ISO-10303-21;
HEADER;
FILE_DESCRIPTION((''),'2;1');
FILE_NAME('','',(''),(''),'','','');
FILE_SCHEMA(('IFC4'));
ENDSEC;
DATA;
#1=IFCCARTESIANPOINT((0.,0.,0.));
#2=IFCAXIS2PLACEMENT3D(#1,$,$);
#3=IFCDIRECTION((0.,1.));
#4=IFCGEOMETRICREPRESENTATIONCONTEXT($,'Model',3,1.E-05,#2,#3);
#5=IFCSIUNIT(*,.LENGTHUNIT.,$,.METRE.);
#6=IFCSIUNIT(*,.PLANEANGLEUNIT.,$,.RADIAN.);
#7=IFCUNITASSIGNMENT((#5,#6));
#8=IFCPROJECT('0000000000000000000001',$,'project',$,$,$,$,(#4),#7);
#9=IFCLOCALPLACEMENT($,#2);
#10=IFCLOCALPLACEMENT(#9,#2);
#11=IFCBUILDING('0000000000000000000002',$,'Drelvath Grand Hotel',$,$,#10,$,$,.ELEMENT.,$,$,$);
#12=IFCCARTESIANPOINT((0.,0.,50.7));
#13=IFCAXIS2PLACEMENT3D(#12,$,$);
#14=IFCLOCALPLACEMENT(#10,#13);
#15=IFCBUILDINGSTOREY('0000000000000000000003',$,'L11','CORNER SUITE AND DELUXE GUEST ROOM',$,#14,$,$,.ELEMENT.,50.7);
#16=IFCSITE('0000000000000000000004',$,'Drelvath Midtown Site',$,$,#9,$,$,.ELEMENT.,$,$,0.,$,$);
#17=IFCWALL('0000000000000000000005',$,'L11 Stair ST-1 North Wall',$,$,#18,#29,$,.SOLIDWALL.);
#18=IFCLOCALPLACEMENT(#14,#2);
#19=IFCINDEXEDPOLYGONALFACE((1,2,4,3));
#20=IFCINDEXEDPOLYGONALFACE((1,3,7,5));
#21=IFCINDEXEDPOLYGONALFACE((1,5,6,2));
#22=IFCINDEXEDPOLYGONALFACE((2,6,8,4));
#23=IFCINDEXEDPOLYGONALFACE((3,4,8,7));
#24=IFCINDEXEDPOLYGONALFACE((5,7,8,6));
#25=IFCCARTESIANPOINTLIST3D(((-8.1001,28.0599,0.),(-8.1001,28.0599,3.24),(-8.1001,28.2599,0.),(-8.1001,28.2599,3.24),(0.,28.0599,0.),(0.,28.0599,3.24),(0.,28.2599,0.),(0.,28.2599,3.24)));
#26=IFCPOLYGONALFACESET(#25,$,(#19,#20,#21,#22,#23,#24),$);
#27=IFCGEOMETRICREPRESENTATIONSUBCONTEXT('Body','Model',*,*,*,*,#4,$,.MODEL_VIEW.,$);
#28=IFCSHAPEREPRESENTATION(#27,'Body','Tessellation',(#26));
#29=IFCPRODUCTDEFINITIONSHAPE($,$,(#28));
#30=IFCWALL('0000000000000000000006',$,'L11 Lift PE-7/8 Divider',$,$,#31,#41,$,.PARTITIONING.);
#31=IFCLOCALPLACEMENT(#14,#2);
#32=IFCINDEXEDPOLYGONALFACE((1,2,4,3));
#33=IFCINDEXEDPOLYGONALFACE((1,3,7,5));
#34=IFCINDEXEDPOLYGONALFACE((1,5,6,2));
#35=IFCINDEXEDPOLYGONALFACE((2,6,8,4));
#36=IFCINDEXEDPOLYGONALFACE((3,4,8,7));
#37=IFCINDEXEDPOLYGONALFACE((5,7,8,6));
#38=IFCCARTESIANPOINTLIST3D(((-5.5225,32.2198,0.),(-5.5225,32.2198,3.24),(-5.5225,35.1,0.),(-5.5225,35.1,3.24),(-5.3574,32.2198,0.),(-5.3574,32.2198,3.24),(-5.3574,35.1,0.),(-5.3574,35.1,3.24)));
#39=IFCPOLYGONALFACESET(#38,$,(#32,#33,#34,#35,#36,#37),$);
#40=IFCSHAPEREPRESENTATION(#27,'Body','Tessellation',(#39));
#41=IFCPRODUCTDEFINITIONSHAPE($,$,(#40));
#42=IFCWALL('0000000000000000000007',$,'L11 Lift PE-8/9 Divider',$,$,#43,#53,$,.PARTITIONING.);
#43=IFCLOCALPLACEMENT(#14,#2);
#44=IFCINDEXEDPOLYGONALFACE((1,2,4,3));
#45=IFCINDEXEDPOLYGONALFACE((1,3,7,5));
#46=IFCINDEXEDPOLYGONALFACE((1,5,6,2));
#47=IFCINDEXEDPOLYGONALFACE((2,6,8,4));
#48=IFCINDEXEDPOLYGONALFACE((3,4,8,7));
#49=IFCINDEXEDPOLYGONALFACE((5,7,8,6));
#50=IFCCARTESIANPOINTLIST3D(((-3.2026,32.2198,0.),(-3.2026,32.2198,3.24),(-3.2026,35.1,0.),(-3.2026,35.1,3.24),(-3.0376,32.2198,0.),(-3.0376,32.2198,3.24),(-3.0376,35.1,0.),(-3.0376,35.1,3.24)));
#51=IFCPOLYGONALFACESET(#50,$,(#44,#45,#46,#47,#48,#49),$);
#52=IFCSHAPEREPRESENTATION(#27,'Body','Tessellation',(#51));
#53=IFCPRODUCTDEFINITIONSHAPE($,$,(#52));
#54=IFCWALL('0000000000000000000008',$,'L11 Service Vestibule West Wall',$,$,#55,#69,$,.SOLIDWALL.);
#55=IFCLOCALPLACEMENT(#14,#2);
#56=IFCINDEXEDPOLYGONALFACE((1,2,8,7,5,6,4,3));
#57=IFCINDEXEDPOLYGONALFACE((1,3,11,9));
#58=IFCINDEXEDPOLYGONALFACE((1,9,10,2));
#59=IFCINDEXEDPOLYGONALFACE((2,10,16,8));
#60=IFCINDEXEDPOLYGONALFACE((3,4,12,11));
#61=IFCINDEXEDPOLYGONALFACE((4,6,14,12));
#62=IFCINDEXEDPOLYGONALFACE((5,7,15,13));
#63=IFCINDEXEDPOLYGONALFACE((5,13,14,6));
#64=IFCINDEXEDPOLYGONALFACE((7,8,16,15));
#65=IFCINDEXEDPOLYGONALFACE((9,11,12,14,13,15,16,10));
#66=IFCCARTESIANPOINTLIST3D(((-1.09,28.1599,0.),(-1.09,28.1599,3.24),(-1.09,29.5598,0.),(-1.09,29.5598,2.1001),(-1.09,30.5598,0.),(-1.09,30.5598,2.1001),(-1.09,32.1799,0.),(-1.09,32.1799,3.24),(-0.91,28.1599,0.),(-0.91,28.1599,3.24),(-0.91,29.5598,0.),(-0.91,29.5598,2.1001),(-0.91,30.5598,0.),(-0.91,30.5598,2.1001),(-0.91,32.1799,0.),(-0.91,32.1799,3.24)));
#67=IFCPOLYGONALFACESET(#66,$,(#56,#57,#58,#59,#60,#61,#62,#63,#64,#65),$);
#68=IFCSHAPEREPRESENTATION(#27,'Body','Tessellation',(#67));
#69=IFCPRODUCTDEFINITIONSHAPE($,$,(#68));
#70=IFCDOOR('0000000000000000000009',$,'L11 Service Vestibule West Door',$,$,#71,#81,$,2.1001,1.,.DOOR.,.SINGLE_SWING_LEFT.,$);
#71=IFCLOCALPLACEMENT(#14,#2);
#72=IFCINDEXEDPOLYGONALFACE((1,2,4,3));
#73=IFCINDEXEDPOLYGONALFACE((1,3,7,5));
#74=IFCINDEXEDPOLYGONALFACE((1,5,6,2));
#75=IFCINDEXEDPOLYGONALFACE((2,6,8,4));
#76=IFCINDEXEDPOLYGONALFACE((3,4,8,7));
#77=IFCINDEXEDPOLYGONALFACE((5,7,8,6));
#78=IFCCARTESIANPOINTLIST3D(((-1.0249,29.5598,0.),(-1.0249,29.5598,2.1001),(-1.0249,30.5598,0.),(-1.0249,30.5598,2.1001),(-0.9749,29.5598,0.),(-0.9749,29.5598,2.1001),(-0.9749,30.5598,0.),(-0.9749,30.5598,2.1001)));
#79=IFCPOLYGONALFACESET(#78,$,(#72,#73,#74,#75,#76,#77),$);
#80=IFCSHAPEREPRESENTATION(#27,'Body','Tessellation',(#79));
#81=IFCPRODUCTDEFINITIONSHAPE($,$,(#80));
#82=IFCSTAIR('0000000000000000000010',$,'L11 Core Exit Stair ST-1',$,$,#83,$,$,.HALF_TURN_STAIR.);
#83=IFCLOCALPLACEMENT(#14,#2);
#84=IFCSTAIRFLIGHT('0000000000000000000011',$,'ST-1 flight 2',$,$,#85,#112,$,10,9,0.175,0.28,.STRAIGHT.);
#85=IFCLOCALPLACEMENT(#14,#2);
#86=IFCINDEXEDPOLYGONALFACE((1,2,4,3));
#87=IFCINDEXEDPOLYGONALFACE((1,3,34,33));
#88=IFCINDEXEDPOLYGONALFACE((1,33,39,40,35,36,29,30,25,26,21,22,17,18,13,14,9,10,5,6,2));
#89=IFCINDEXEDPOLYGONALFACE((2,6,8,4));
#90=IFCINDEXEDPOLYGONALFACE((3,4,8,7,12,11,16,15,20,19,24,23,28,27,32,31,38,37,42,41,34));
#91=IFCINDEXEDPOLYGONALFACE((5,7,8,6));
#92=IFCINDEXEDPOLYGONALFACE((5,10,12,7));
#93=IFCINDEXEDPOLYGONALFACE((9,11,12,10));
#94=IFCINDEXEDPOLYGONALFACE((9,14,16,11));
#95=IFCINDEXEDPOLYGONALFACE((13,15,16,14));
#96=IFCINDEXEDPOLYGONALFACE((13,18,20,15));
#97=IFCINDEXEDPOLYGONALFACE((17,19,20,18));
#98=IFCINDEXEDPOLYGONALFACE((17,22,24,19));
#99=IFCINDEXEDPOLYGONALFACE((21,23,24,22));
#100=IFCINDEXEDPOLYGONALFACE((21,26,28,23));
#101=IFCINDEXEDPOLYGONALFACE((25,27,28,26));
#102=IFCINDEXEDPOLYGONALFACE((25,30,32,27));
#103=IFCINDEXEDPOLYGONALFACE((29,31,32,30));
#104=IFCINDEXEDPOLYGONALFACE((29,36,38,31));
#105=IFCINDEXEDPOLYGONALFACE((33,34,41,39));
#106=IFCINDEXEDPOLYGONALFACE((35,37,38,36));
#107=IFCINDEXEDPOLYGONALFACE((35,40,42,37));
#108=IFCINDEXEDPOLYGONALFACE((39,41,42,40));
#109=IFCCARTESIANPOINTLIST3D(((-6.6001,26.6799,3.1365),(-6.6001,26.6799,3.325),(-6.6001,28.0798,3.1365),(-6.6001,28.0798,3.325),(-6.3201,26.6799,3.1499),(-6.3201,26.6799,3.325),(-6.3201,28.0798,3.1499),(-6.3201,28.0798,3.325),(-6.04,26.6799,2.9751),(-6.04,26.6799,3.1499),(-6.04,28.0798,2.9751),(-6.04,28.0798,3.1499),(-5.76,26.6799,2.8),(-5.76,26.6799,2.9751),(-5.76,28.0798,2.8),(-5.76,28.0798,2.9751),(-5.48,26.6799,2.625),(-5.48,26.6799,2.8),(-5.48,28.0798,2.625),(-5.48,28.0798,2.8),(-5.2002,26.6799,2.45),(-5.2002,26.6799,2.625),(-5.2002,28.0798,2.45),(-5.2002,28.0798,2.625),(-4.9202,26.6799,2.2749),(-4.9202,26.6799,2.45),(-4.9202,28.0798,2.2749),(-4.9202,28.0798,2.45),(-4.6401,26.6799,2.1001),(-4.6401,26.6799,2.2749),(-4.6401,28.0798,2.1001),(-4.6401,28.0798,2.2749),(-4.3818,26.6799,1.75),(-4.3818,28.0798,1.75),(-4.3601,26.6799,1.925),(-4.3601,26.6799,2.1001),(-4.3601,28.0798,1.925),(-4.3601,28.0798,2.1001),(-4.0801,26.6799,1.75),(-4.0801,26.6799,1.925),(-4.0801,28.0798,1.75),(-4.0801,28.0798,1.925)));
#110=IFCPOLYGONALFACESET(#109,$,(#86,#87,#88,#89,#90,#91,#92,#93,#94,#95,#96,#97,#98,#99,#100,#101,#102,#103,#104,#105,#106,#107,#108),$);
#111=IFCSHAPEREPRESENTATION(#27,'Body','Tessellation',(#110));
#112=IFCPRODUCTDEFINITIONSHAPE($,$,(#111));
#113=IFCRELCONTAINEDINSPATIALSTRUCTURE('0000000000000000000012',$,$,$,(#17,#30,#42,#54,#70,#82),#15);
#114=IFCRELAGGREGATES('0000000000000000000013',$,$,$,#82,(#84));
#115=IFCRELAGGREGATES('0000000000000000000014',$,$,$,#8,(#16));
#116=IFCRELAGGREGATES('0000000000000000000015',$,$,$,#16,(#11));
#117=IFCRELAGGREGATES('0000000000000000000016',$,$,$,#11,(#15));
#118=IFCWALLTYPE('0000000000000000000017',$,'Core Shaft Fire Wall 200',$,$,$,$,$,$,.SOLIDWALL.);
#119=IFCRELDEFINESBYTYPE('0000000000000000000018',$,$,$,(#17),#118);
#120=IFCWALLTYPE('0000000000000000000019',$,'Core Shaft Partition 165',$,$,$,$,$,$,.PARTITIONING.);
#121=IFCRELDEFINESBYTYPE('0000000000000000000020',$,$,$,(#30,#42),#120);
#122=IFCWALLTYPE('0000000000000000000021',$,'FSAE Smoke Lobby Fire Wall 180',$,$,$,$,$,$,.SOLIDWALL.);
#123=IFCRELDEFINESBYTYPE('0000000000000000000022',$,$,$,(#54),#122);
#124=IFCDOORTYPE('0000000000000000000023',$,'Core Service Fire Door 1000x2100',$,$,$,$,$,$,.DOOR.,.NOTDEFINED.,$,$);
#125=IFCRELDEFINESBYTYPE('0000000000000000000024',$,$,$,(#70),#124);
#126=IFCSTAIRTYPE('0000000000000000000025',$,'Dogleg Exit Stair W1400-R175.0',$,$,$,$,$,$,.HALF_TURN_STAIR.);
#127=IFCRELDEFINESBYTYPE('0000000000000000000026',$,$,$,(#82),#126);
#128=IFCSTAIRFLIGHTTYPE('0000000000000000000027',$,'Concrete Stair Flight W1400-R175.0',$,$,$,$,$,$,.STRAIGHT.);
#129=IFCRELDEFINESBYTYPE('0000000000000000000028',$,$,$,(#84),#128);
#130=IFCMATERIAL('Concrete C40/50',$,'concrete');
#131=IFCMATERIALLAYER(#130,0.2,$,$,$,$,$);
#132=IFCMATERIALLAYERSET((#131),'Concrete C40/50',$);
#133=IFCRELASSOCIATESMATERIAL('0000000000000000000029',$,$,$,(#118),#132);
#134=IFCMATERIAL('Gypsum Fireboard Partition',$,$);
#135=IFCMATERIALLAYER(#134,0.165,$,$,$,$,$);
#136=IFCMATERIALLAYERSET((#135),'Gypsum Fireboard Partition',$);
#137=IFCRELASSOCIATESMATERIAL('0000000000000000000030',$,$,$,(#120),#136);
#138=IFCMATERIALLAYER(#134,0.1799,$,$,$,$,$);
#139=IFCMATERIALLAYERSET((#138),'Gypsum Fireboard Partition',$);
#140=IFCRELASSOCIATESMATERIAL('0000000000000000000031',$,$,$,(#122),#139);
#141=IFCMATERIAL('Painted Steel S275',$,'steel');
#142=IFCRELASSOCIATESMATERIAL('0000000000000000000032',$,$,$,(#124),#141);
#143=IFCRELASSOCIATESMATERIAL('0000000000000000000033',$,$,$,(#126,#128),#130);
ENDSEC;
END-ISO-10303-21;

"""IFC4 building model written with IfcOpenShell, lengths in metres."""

from ifc_helpers import new_model, si_unit, direction, frame, frame_2d, origin, place, context, subcontext, project, spatial, polyline, rectangle, outline, extrude, material, layer, layer_set, type_object, element, fill, aggregate, save


model = new_model("IFC4")

# Units and contexts
model_context = context("Model", 3, precision=1e-05, world=origin(), true_north=direction((0.0, 1.0)))
body_context = subcontext(model_context, "Body", "Model", "MODEL_VIEW")
ifc_project = project(units=[si_unit("LENGTHUNIT", "METRE"), si_unit("PLANEANGLEUNIT", "RADIAN")], contexts=[model_context])

# Site, building, storey
site_placement = place(None, origin())
site = spatial("IfcSite", under=ifc_project, at=site_placement, Name="Drelvath Midtown Site", CompositionType="ELEMENT", RefElevation=0.0)
building_placement = place(site_placement, origin())
building = spatial("IfcBuilding", under=site, at=building_placement, Name="Drelvath Grand Hotel", CompositionType="ELEMENT")
storey_placement = place(building_placement, frame((0.0, 0.0, 50.7)))
storey = spatial("IfcBuildingStorey", under=building, at=storey_placement, Name="L11", Description="CORNER SUITE AND DELUXE GUEST ROOM", CompositionType="ELEMENT", Elevation=50.7)

# Shared definitions
ifc_material_1 = material(Name="Concrete C40/50", Category="concrete")

# Walls
ifc_layer_1 = layer(ifc_material_1, 0.2)
ifc_layer_set_1 = layer_set([ifc_layer_1], Name="Concrete C40/50")
wall_type_1 = type_object("IfcWallType", Name="Core Shaft Fire Wall 200", PredefinedType="SOLIDWALL", material=ifc_layer_set_1)
wall_1_placement = place(storey_placement, frame((-8.1001, 28.1599, 0.0), z_axis=(0.0, 0.0, 1.0), x_axis=(1.0, 0.0, 0.0)))
element("IfcWall", 1, at=wall_1_placement, inside=storey, type_object=wall_type_1, Name="L11 Stair ST-1 North Wall", PredefinedType="SOLIDWALL", context=body_context, shape_type="SweptSolid", body=[
    extrude(rectangle(XDim=8.1001, YDim=0.2, at=frame_2d((4.05, 0.0))), origin(), (0.0, 0.0, 1.0), 3.24),
])
ifc_material_2 = material(Name="Gypsum Fireboard Partition")
ifc_layer_2 = layer(ifc_material_2, 0.165)
ifc_layer_set_2 = layer_set([ifc_layer_2], Name="Gypsum Fireboard Partition")
wall_type_2 = type_object("IfcWallType", Name="Core Shaft Partition 165", PredefinedType="PARTITIONING", material=ifc_layer_set_2)
for number, where, z_axis, x_axis, name in (
    (2, (-5.4399, 32.22, 0.0), (0.0, 0.0, 1.0), (0.0, 1.0, 0.0), "L11 Lift PE-7/8 Divider"),
    (3, (-3.1201, 32.22, 0.0), (0.0, 0.0, 1.0), (0.0, 1.0, 0.0), "L11 Lift PE-8/9 Divider"),
):
    element("IfcWall", number, at=place(storey_placement, frame(where, z_axis=z_axis, x_axis=x_axis)), inside=storey, type_object=wall_type_2, Name=name, PredefinedType="PARTITIONING", context=body_context, shape_type="SweptSolid", body=[
        extrude(rectangle(XDim=2.8801, YDim=0.165, at=frame_2d((1.4399, 0.0))), origin(), (0.0, 0.0, 1.0), 3.24),
    ])

# Wall, opening, door
ifc_layer_3 = layer(ifc_material_2, 0.1799)
ifc_layer_set_3 = layer_set([ifc_layer_3], Name="Gypsum Fireboard Partition")
wall_type_3 = type_object("IfcWallType", Name="FSAE Smoke Lobby Fire Wall 180", PredefinedType="SOLIDWALL", material=ifc_layer_set_3)
wall_2_placement = place(storey_placement, frame((-1.0, 28.1599, 0.0), z_axis=(0.0, 0.0, 1.0), x_axis=(0.0, 1.0, 0.0)))
wall_2 = element("IfcWall", 4, at=wall_2_placement, inside=storey, type_object=wall_type_3, Name="L11 Service Vestibule West Wall", PredefinedType="SOLIDWALL", context=body_context, shape_type="SweptSolid", body=[
    extrude(rectangle(XDim=4.02, YDim=0.1799, at=frame_2d((2.01, 0.0))), origin(), (0.0, 0.0, 1.0), 3.24),
])
opening_1_placement = place(wall_2_placement, frame((1.3999, 0.0, 0.0)))
opening_1 = element("IfcOpeningElement", 5, at=opening_1_placement, cuts=wall_2, PredefinedType="OPENING", context=body_context, shape_type="SweptSolid", body=[
    extrude(rectangle(XDim=1.0, YDim=2.1001, at=frame_2d((0.5, 1.05))), frame((0.0, 0.0999, 0.0), z_axis=(0.0, -1.0, 0.0), x_axis=(1.0, 0.0, 0.0)), (0.0, 0.0, 1.0), 0.2),
])
ifc_material_3 = material(Name="Painted Steel S275", Category="steel")
door_type_1 = type_object("IfcDoorType", Name="Core Service Fire Door 1000x2100", OperationType="NOTDEFINED", PredefinedType="DOOR", material=ifc_material_3)
door_1_placement = place(opening_1_placement, origin())
door_1 = element("IfcDoor", 6, at=door_1_placement, inside=storey, type_object=door_type_1, Name="L11 Service Vestibule West Door", OperationType="SINGLE_SWING_LEFT", OverallHeight=2.1001, OverallWidth=1.0, PredefinedType="DOOR", context=body_context, shape_type="SweptSolid", body=[
    extrude(rectangle(XDim=1.0, YDim=2.1001, at=frame_2d((0.5, 1.05))), frame((0.0, 0.0249, 0.0), z_axis=(0.0, -1.0, 0.0), x_axis=(1.0, 0.0, 0.0)), (0.0, 0.0, 1.0), 0.05),
])
fill(opening_1, door_1)

# Stair, stair flight
stair_type = type_object("IfcStairType", Name="Dogleg Exit Stair W1400-R175.0", PredefinedType="HALF_TURN_STAIR", material=ifc_material_1)
stair_placement = place(storey_placement, origin())
stair = element("IfcStair", 7, at=stair_placement, inside=storey, type_object=stair_type, Name="L11 Core Exit Stair ST-1", PredefinedType="HALF_TURN_STAIR")
stair_flight_type = type_object("IfcStairFlightType", Name="Concrete Stair Flight W1400-R175.0", PredefinedType="STRAIGHT", material=ifc_material_1)
stair_flight_placement = place(storey_placement, frame((-4.0801, 27.3799, 1.75), z_axis=(0.0, 0.0, 1.0), x_axis=(-1.0, 0.0, 0.0)))
stair_flight = element("IfcStairFlight", 8, at=stair_flight_placement, type_object=stair_flight_type, Name="ST-1 flight 2", NumberOfRisers=10, NumberOfTreads=9, PredefinedType="STRAIGHT", RiserHeight=0.175, TreadLength=0.28, context=body_context, shape_type="SweptSolid", body=[
    extrude(outline(polyline([(0.0, 0.0), (0.0, 0.175), (0.28, 0.175), (0.28, 0.3501), (0.5601, 0.3501), (0.5601, 0.5249), (0.8401, 0.5249), (0.8401, 0.7), (1.1201, 0.7), (1.1201, 0.875), (1.3999, 0.875), (1.3999, 1.05), (1.6799, 1.05), (1.6799, 1.2251), (1.96, 1.2251), (1.96, 1.3999), (2.24, 1.3999), (2.24, 1.575), (2.52, 1.575), (2.52, 1.75), (2.52, 1.3865), (0.3018, 0.0), (0.0, 0.0)])), frame((0.0, 0.7, 0.0), z_axis=(0.0, -1.0, 0.0), x_axis=(1.0, 0.0, 0.0)), (0.0, 0.0, 1.0), 1.3999),
])
aggregate(stair, [stair_flight])

save(model, "model.ifc")
